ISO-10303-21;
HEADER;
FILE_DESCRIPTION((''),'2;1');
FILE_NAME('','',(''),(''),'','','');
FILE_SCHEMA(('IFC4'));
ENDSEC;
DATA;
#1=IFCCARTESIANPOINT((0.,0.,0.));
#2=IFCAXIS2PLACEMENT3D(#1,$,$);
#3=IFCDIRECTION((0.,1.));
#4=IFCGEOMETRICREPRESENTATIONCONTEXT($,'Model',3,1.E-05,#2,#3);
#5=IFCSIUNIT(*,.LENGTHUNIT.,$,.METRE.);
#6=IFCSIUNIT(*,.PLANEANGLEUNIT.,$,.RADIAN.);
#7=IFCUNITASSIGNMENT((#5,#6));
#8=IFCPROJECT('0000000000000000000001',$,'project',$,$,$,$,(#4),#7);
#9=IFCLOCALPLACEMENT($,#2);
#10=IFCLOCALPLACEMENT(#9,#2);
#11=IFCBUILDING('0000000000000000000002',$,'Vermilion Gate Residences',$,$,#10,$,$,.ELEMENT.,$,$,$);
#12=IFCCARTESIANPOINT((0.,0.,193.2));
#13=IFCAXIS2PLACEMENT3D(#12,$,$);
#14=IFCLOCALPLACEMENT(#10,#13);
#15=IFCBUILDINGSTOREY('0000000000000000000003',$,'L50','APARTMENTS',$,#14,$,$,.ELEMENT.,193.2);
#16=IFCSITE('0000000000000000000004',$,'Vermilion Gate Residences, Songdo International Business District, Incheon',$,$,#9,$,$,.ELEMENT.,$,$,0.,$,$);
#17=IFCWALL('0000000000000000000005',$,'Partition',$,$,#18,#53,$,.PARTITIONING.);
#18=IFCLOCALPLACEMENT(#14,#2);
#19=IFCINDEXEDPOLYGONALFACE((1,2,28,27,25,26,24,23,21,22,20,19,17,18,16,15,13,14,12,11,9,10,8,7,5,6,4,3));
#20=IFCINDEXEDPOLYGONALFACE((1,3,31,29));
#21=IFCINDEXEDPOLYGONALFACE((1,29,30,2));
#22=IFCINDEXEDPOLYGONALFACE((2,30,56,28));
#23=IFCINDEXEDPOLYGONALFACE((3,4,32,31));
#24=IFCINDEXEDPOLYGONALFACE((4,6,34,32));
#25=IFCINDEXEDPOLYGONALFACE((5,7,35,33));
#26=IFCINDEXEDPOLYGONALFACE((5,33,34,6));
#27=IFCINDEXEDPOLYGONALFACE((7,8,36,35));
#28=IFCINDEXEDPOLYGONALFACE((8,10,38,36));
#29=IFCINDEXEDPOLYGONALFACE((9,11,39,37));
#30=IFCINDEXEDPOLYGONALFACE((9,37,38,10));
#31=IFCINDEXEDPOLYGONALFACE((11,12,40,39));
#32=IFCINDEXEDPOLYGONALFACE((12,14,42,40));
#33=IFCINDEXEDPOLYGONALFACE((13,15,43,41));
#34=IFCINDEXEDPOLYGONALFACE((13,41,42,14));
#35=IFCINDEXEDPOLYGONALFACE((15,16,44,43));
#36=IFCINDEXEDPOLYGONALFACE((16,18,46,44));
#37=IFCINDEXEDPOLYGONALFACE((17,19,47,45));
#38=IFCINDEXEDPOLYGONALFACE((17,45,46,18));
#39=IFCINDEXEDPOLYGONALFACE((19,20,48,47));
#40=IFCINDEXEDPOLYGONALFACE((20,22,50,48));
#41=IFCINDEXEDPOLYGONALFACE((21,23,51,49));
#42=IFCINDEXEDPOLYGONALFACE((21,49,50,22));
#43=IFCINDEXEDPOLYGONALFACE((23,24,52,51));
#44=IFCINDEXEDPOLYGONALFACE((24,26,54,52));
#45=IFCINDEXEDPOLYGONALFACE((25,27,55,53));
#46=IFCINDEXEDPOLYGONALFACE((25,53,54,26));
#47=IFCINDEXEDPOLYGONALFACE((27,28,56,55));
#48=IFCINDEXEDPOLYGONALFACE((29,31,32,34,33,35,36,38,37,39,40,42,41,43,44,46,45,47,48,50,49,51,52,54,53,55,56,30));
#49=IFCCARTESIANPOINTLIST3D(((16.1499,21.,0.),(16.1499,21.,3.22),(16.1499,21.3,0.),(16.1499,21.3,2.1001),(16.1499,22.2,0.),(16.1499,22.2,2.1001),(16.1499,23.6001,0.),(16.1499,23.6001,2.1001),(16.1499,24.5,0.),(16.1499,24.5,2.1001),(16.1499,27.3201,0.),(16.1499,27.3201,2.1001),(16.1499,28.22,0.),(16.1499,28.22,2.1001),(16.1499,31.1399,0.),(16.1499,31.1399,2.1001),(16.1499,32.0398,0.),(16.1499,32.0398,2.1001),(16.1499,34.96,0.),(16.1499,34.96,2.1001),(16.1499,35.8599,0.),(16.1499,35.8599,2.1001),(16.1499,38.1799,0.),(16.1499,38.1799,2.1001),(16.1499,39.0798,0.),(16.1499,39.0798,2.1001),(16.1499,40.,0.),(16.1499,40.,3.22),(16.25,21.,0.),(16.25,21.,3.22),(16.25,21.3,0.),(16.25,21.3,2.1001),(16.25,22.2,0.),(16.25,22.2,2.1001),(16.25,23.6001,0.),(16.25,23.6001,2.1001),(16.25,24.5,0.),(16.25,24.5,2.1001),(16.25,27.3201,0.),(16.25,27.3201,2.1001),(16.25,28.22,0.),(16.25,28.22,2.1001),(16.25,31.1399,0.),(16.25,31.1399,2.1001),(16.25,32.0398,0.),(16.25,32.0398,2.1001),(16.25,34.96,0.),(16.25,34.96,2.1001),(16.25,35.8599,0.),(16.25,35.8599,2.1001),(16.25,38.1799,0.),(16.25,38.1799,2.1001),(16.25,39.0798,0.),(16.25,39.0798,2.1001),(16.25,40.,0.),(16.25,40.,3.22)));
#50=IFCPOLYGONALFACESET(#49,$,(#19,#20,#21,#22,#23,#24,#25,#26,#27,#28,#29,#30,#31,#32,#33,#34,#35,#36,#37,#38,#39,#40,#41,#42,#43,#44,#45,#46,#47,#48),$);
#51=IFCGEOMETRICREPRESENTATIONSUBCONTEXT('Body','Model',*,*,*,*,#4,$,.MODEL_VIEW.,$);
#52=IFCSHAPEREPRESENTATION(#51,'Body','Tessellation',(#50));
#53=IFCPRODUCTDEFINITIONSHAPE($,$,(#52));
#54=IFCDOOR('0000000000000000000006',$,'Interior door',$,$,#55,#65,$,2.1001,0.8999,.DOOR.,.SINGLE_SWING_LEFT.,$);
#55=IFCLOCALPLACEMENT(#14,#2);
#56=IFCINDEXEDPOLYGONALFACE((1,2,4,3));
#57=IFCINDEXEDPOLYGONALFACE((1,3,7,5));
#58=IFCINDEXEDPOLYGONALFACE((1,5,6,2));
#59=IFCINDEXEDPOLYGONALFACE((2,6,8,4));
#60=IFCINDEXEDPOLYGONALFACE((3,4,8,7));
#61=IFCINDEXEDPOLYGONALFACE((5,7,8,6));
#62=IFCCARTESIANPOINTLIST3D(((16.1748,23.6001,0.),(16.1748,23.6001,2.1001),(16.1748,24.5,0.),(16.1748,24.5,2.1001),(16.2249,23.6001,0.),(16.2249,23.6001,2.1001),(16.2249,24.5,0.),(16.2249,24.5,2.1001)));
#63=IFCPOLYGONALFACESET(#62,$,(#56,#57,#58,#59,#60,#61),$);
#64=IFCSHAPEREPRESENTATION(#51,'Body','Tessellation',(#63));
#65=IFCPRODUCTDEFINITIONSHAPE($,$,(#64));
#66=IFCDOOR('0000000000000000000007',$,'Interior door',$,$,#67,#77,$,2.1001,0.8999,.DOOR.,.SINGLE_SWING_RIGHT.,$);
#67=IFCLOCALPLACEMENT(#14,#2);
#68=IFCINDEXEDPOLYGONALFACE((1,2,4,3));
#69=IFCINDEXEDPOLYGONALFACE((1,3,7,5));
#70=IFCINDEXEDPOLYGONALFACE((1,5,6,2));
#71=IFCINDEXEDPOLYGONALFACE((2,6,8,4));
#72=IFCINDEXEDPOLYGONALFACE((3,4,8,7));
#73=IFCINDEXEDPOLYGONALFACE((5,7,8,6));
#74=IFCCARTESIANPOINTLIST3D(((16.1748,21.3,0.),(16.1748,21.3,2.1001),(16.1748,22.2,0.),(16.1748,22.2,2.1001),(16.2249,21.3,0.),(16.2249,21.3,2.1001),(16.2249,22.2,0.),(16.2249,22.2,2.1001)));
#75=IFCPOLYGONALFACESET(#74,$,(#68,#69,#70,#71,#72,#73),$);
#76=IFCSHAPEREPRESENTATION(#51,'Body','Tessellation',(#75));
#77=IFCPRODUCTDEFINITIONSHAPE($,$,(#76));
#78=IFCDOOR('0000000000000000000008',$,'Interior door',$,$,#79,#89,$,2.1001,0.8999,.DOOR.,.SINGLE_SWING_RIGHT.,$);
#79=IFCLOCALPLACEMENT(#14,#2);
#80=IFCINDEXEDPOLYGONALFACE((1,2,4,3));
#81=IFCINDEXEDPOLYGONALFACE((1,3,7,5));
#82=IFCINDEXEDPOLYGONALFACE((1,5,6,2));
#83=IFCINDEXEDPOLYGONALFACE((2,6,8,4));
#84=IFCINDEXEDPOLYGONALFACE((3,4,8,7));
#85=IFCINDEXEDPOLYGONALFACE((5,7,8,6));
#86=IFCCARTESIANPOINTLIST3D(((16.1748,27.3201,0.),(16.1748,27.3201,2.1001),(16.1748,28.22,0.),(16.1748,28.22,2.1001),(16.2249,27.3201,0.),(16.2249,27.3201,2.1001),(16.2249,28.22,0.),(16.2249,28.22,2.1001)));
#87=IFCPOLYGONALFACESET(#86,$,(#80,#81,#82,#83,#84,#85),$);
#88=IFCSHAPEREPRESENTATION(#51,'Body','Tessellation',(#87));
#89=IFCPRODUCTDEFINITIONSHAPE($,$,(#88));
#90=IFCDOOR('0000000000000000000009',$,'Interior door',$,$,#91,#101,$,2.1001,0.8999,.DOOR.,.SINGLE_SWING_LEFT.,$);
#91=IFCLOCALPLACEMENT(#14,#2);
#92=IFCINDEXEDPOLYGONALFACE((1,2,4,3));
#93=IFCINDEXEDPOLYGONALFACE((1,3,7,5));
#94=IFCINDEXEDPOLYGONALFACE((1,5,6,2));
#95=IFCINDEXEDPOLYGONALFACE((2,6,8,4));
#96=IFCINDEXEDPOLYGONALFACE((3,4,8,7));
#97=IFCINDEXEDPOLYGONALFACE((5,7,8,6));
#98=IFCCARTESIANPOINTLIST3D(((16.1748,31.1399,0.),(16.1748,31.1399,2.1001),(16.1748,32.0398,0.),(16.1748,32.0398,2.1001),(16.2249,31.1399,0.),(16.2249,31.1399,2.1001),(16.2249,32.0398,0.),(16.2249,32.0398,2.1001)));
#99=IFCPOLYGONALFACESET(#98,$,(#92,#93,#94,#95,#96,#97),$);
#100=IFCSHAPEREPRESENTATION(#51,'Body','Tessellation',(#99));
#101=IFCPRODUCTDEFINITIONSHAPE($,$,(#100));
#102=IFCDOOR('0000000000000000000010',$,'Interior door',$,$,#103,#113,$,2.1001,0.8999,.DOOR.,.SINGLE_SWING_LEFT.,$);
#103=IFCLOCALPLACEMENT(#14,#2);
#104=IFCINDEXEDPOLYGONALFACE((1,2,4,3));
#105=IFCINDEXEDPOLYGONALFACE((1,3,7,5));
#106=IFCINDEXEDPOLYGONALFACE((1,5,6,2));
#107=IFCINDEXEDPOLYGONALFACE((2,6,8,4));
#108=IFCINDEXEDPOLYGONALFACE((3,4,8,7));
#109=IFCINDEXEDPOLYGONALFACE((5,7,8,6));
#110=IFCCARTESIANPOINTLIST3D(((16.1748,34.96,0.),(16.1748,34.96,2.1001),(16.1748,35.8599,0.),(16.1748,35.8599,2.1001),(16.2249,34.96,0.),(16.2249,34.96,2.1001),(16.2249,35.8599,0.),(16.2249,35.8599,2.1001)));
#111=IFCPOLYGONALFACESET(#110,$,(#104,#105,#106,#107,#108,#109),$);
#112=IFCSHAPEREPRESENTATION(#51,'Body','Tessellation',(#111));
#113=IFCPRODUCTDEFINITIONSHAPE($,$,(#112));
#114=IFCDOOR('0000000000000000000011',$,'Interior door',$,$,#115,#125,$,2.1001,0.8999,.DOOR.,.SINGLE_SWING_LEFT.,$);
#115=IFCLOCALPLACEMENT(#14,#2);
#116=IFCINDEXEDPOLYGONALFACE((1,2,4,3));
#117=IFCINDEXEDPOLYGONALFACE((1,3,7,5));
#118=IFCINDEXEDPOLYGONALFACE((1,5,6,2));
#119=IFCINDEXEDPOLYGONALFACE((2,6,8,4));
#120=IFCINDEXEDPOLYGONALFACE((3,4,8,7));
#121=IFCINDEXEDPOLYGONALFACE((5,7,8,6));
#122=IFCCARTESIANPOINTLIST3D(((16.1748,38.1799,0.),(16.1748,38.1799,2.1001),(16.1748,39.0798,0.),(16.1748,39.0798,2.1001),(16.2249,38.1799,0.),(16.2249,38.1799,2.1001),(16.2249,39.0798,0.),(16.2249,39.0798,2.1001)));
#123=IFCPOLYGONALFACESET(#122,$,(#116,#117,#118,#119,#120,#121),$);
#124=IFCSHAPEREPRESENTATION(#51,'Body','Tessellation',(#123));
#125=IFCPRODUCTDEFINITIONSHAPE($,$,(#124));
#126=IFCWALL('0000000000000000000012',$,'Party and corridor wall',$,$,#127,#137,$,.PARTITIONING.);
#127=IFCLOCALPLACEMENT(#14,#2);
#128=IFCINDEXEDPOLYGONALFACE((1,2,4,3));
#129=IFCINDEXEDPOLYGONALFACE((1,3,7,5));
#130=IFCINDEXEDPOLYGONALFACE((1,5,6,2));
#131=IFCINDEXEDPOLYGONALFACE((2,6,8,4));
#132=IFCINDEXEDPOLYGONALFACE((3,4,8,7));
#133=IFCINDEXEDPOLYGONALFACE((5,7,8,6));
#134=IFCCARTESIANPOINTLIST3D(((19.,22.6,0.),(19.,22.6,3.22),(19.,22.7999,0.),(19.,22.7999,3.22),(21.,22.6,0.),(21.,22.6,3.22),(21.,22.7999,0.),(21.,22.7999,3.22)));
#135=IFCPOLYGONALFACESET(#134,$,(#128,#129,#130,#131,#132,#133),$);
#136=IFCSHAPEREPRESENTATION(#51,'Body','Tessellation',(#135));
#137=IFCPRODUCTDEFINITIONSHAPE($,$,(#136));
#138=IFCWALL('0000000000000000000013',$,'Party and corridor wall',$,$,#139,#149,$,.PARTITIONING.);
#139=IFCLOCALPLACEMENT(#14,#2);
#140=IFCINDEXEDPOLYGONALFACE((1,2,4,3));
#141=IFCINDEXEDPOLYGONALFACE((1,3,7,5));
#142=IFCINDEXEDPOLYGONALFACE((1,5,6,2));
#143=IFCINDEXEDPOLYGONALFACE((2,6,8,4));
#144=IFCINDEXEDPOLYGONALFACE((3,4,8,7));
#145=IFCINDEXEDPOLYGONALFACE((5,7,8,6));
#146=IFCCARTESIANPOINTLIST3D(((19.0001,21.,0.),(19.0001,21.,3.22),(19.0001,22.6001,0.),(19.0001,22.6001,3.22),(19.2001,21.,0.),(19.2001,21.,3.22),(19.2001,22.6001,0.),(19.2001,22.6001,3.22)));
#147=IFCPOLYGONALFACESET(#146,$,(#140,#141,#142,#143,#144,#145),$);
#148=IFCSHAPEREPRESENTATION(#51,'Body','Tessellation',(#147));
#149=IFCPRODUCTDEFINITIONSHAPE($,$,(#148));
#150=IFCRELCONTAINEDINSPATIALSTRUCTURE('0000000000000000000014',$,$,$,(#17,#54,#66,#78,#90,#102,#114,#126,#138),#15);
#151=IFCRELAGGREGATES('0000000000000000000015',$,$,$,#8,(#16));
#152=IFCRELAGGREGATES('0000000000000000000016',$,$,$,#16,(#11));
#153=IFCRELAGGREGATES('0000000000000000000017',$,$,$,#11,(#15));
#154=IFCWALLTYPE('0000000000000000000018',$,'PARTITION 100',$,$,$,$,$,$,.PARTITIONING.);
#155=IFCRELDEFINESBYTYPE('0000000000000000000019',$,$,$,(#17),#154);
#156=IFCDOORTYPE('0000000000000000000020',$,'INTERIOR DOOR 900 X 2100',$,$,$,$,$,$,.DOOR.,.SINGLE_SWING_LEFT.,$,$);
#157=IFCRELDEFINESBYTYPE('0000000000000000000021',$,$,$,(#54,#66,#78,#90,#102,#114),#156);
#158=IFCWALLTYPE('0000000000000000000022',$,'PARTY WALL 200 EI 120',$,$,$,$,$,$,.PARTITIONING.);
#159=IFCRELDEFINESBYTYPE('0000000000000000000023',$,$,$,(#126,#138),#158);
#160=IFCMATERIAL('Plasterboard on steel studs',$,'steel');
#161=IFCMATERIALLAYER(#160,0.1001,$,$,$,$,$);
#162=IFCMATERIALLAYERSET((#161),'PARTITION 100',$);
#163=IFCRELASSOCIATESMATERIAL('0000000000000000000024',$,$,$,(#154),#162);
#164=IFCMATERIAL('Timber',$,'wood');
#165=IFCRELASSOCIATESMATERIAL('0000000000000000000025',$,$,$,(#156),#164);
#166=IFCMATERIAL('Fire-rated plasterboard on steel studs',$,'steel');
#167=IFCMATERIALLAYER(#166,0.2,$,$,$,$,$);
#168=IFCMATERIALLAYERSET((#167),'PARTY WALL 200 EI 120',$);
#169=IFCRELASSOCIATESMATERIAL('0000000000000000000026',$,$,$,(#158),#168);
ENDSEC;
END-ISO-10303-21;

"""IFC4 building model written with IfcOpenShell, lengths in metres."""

from ifc_helpers import new_model, si_unit, direction, frame, frame_2d, origin, place, context, subcontext, project, spatial, rectangle, extrude, material, layer, layer_set, type_object, element, fill, save


model = new_model("IFC4")

# Units and contexts
model_context = context("Model", 3, precision=1e-05, world=origin(), true_north=direction((0.0, 1.0)))
body_context = subcontext(model_context, "Body", "Model", "MODEL_VIEW")
ifc_project = project(units=[si_unit("LENGTHUNIT", "METRE"), si_unit("PLANEANGLEUNIT", "RADIAN")], contexts=[model_context])

# Site, building, storey
site_placement = place(None, origin())
site = spatial("IfcSite", under=ifc_project, at=site_placement, Name="Vermilion Gate Residences, Songdo International Business District, Incheon", CompositionType="ELEMENT", RefElevation=0.0)
building_placement = place(site_placement, origin())
building = spatial("IfcBuilding", under=site, at=building_placement, Name="Vermilion Gate Residences", CompositionType="ELEMENT")
storey_placement = place(building_placement, frame((0.0, 0.0, 193.2)))
storey = spatial("IfcBuildingStorey", under=building, at=storey_placement, Name="L50", Description="APARTMENTS", CompositionType="ELEMENT", Elevation=193.2)

# Shared definitions
ifc_material_1 = material(Name="Plasterboard on steel studs", Category="steel")
ifc_layer_1 = layer(ifc_material_1, 0.1001)
ifc_layer_set_1 = layer_set([ifc_layer_1], Name="PARTITION 100")
wall_type_1 = type_object("IfcWallType", Name="PARTITION 100", PredefinedType="PARTITIONING", material=ifc_layer_set_1)

# Wall, openings, doors
wall_1_placement = place(storey_placement, frame((16.2, 21.0, 0.0), z_axis=(0.0, 0.0, 1.0), x_axis=(0.0, 1.0, 0.0)))
wall_1 = element("IfcWall", 1, at=wall_1_placement, inside=storey, type_object=wall_type_1, Name="Partition", PredefinedType="PARTITIONING", context=body_context, shape_type="SweptSolid", body=[
    extrude(rectangle(XDim=19.0, YDim=0.1001, at=frame_2d((9.5, 0.0))), origin(), (0.0, 0.0, 1.0), 3.22),
])
opening_1_placement = place(wall_1_placement, frame((2.6001, 0.0, 0.0)))
opening_1 = element("IfcOpeningElement", 2, at=opening_1_placement, cuts=wall_1, PredefinedType="OPENING", context=body_context, shape_type="SweptSolid", body=[
    extrude(rectangle(XDim=0.8999, YDim=2.1001, at=frame_2d((0.45, 1.05))), frame((0.0, 0.0601, 0.0), z_axis=(0.0, -1.0, 0.0), x_axis=(1.0, 0.0, 0.0)), (0.0, 0.0, 1.0), 0.1201),
])
opening_2_placement = place(wall_1_placement, frame((0.3, 0.0, 0.0)))
opening_2 = element("IfcOpeningElement", 3, at=opening_2_placement, cuts=wall_1, PredefinedType="OPENING", context=body_context, shape_type="SweptSolid", body=[
    extrude(rectangle(XDim=0.8999, YDim=2.1001, at=frame_2d((0.45, 1.05))), frame((0.0, 0.0601, 0.0), z_axis=(0.0, -1.0, 0.0), x_axis=(1.0, 0.0, 0.0)), (0.0, 0.0, 1.0), 0.1201),
])
opening_3_placement = place(wall_1_placement, frame((6.3201, 0.0, 0.0)))
opening_3 = element("IfcOpeningElement", 4, at=opening_3_placement, cuts=wall_1, PredefinedType="OPENING", context=body_context, shape_type="SweptSolid", body=[
    extrude(rectangle(XDim=0.8999, YDim=2.1001, at=frame_2d((0.45, 1.05))), frame((0.0, 0.0601, 0.0), z_axis=(0.0, -1.0, 0.0), x_axis=(1.0, 0.0, 0.0)), (0.0, 0.0, 1.0), 0.1201),
])
opening_4_placement = place(wall_1_placement, frame((10.1399, 0.0, 0.0)))
opening_4 = element("IfcOpeningElement", 5, at=opening_4_placement, cuts=wall_1, PredefinedType="OPENING", context=body_context, shape_type="SweptSolid", body=[
    extrude(rectangle(XDim=0.8999, YDim=2.1001, at=frame_2d((0.45, 1.05))), frame((0.0, 0.0601, 0.0), z_axis=(0.0, -1.0, 0.0), x_axis=(1.0, 0.0, 0.0)), (0.0, 0.0, 1.0), 0.1201),
])
opening_5_placement = place(wall_1_placement, frame((13.96, 0.0, 0.0)))
opening_5 = element("IfcOpeningElement", 6, at=opening_5_placement, cuts=wall_1, PredefinedType="OPENING", context=body_context, shape_type="SweptSolid", body=[
    extrude(rectangle(XDim=0.8999, YDim=2.1001, at=frame_2d((0.45, 1.05))), frame((0.0, 0.0601, 0.0), z_axis=(0.0, -1.0, 0.0), x_axis=(1.0, 0.0, 0.0)), (0.0, 0.0, 1.0), 0.1201),
])
opening_6_placement = place(wall_1_placement, frame((17.1799, 0.0, 0.0)))
opening_6 = element("IfcOpeningElement", 7, at=opening_6_placement, cuts=wall_1, PredefinedType="OPENING", context=body_context, shape_type="SweptSolid", body=[
    extrude(rectangle(XDim=0.8999, YDim=2.1001, at=frame_2d((0.45, 1.05))), frame((0.0, 0.0601, 0.0), z_axis=(0.0, -1.0, 0.0), x_axis=(1.0, 0.0, 0.0)), (0.0, 0.0, 1.0), 0.1201),
])
ifc_material_2 = material(Name="Timber", Category="wood")
door_type_1 = type_object("IfcDoorType", Name="INTERIOR DOOR 900 X 2100", OperationType="SINGLE_SWING_LEFT", PredefinedType="DOOR", material=ifc_material_2)
door_1_placement = place(opening_1_placement, frame((0.8999, 0.0, 0.0), z_axis=(0.0, 0.0, 1.0), x_axis=(-1.0, 0.0, 0.0)))
door_1 = element("IfcDoor", 8, at=door_1_placement, inside=storey, type_object=door_type_1, Name="Interior door", OperationType="SINGLE_SWING_LEFT", OverallHeight=2.1001, OverallWidth=0.8999, PredefinedType="DOOR", context=body_context, shape_type="SweptSolid", body=[
    extrude(rectangle(XDim=0.8999, YDim=2.1001, at=frame_2d((0.45, 1.05))), frame((0.0, 0.0249, 0.0), z_axis=(0.0, -1.0, 0.0), x_axis=(1.0, 0.0, 0.0)), (0.0, 0.0, 1.0), 0.05),
])
fill(opening_1, door_1)
door_2_placement = place(opening_2_placement, frame((0.8999, 0.0, 0.0), z_axis=(0.0, 0.0, 1.0), x_axis=(-1.0, 0.0, 0.0)))
door_2 = element("IfcDoor", 9, at=door_2_placement, inside=storey, type_object=door_type_1, Name="Interior door", OperationType="SINGLE_SWING_RIGHT", OverallHeight=2.1001, OverallWidth=0.8999, PredefinedType="DOOR", context=body_context, shape_type="SweptSolid", body=[
    extrude(rectangle(XDim=0.8999, YDim=2.1001, at=frame_2d((0.45, 1.05))), frame((0.0, 0.0249, 0.0), z_axis=(0.0, -1.0, 0.0), x_axis=(1.0, 0.0, 0.0)), (0.0, 0.0, 1.0), 0.05),
])
fill(opening_2, door_2)
door_3_placement = place(opening_3_placement, frame((0.8999, 0.0, 0.0), z_axis=(0.0, 0.0, 1.0), x_axis=(-1.0, 0.0, 0.0)))
door_3 = element("IfcDoor", 10, at=door_3_placement, inside=storey, type_object=door_type_1, Name="Interior door", OperationType="SINGLE_SWING_RIGHT", OverallHeight=2.1001, OverallWidth=0.8999, PredefinedType="DOOR", context=body_context, shape_type="SweptSolid", body=[
    extrude(rectangle(XDim=0.8999, YDim=2.1001, at=frame_2d((0.45, 1.05))), frame((0.0, 0.0249, 0.0), z_axis=(0.0, -1.0, 0.0), x_axis=(1.0, 0.0, 0.0)), (0.0, 0.0, 1.0), 0.05),
])
fill(opening_3, door_3)
door_4_placement = place(opening_4_placement, frame((0.8999, 0.0, 0.0), z_axis=(0.0, 0.0, 1.0), x_axis=(-1.0, 0.0, 0.0)))
door_4 = element("IfcDoor", 11, at=door_4_placement, inside=storey, type_object=door_type_1, Name="Interior door", OperationType="SINGLE_SWING_LEFT", OverallHeight=2.1001, OverallWidth=0.8999, PredefinedType="DOOR", context=body_context, shape_type="SweptSolid", body=[
    extrude(rectangle(XDim=0.8999, YDim=2.1001, at=frame_2d((0.45, 1.05))), frame((0.0, 0.0249, 0.0), z_axis=(0.0, -1.0, 0.0), x_axis=(1.0, 0.0, 0.0)), (0.0, 0.0, 1.0), 0.05),
])
fill(opening_4, door_4)
door_5_placement = place(opening_5_placement, frame((0.8999, 0.0, 0.0), z_axis=(0.0, 0.0, 1.0), x_axis=(-1.0, 0.0, 0.0)))
door_5 = element("IfcDoor", 12, at=door_5_placement, inside=storey, type_object=door_type_1, Name="Interior door", OperationType="SINGLE_SWING_LEFT", OverallHeight=2.1001, OverallWidth=0.8999, PredefinedType="DOOR", context=body_context, shape_type="SweptSolid", body=[
    extrude(rectangle(XDim=0.8999, YDim=2.1001, at=frame_2d((0.45, 1.05))), frame((0.0, 0.0249, 0.0), z_axis=(0.0, -1.0, 0.0), x_axis=(1.0, 0.0, 0.0)), (0.0, 0.0, 1.0), 0.05),
])
fill(opening_5, door_5)
door_6_placement = place(opening_6_placement, frame((0.8999, 0.0, 0.0), z_axis=(0.0, 0.0, 1.0), x_axis=(-1.0, 0.0, 0.0)))
door_6 = element("IfcDoor", 13, at=door_6_placement, inside=storey, type_object=door_type_1, Name="Interior door", OperationType="SINGLE_SWING_LEFT", OverallHeight=2.1001, OverallWidth=0.8999, PredefinedType="DOOR", context=body_context, shape_type="SweptSolid", body=[
    extrude(rectangle(XDim=0.8999, YDim=2.1001, at=frame_2d((0.45, 1.05))), frame((0.0, 0.0249, 0.0), z_axis=(0.0, -1.0, 0.0), x_axis=(1.0, 0.0, 0.0)), (0.0, 0.0, 1.0), 0.05),
])
fill(opening_6, door_6)

# Walls
ifc_material_3 = material(Name="Fire-rated plasterboard on steel studs", Category="steel")
ifc_layer_2 = layer(ifc_material_3, 0.2)
ifc_layer_set_2 = layer_set([ifc_layer_2], Name="PARTY WALL 200 EI 120")
wall_type_2 = type_object("IfcWallType", Name="PARTY WALL 200 EI 120", PredefinedType="PARTITIONING", material=ifc_layer_set_2)
wall_2_placement = place(storey_placement, frame((19.0, 22.7, 0.0), z_axis=(0.0, 0.0, 1.0), x_axis=(1.0, 0.0, 0.0)))
element("IfcWall", 14, at=wall_2_placement, inside=storey, type_object=wall_type_2, Name="Party and corridor wall", PredefinedType="PARTITIONING", context=body_context, shape_type="SweptSolid", body=[
    extrude(rectangle(XDim=2.0, YDim=0.2, at=frame_2d((1.0, 0.0))), origin(), (0.0, 0.0, 1.0), 3.22),
])
wall_3_placement = place(storey_placement, frame((19.1001, 21.0, 0.0), z_axis=(0.0, 0.0, 1.0), x_axis=(0.0, 1.0, 0.0)))
element("IfcWall", 15, at=wall_3_placement, inside=storey, type_object=wall_type_2, Name="Party and corridor wall", PredefinedType="PARTITIONING", context=body_context, shape_type="SweptSolid", body=[
    extrude(rectangle(XDim=1.6001, YDim=0.2, at=frame_2d((0.8, 0.0))), origin(), (0.0, 0.0, 1.0), 3.22),
])

save(model, "model.ifc")
